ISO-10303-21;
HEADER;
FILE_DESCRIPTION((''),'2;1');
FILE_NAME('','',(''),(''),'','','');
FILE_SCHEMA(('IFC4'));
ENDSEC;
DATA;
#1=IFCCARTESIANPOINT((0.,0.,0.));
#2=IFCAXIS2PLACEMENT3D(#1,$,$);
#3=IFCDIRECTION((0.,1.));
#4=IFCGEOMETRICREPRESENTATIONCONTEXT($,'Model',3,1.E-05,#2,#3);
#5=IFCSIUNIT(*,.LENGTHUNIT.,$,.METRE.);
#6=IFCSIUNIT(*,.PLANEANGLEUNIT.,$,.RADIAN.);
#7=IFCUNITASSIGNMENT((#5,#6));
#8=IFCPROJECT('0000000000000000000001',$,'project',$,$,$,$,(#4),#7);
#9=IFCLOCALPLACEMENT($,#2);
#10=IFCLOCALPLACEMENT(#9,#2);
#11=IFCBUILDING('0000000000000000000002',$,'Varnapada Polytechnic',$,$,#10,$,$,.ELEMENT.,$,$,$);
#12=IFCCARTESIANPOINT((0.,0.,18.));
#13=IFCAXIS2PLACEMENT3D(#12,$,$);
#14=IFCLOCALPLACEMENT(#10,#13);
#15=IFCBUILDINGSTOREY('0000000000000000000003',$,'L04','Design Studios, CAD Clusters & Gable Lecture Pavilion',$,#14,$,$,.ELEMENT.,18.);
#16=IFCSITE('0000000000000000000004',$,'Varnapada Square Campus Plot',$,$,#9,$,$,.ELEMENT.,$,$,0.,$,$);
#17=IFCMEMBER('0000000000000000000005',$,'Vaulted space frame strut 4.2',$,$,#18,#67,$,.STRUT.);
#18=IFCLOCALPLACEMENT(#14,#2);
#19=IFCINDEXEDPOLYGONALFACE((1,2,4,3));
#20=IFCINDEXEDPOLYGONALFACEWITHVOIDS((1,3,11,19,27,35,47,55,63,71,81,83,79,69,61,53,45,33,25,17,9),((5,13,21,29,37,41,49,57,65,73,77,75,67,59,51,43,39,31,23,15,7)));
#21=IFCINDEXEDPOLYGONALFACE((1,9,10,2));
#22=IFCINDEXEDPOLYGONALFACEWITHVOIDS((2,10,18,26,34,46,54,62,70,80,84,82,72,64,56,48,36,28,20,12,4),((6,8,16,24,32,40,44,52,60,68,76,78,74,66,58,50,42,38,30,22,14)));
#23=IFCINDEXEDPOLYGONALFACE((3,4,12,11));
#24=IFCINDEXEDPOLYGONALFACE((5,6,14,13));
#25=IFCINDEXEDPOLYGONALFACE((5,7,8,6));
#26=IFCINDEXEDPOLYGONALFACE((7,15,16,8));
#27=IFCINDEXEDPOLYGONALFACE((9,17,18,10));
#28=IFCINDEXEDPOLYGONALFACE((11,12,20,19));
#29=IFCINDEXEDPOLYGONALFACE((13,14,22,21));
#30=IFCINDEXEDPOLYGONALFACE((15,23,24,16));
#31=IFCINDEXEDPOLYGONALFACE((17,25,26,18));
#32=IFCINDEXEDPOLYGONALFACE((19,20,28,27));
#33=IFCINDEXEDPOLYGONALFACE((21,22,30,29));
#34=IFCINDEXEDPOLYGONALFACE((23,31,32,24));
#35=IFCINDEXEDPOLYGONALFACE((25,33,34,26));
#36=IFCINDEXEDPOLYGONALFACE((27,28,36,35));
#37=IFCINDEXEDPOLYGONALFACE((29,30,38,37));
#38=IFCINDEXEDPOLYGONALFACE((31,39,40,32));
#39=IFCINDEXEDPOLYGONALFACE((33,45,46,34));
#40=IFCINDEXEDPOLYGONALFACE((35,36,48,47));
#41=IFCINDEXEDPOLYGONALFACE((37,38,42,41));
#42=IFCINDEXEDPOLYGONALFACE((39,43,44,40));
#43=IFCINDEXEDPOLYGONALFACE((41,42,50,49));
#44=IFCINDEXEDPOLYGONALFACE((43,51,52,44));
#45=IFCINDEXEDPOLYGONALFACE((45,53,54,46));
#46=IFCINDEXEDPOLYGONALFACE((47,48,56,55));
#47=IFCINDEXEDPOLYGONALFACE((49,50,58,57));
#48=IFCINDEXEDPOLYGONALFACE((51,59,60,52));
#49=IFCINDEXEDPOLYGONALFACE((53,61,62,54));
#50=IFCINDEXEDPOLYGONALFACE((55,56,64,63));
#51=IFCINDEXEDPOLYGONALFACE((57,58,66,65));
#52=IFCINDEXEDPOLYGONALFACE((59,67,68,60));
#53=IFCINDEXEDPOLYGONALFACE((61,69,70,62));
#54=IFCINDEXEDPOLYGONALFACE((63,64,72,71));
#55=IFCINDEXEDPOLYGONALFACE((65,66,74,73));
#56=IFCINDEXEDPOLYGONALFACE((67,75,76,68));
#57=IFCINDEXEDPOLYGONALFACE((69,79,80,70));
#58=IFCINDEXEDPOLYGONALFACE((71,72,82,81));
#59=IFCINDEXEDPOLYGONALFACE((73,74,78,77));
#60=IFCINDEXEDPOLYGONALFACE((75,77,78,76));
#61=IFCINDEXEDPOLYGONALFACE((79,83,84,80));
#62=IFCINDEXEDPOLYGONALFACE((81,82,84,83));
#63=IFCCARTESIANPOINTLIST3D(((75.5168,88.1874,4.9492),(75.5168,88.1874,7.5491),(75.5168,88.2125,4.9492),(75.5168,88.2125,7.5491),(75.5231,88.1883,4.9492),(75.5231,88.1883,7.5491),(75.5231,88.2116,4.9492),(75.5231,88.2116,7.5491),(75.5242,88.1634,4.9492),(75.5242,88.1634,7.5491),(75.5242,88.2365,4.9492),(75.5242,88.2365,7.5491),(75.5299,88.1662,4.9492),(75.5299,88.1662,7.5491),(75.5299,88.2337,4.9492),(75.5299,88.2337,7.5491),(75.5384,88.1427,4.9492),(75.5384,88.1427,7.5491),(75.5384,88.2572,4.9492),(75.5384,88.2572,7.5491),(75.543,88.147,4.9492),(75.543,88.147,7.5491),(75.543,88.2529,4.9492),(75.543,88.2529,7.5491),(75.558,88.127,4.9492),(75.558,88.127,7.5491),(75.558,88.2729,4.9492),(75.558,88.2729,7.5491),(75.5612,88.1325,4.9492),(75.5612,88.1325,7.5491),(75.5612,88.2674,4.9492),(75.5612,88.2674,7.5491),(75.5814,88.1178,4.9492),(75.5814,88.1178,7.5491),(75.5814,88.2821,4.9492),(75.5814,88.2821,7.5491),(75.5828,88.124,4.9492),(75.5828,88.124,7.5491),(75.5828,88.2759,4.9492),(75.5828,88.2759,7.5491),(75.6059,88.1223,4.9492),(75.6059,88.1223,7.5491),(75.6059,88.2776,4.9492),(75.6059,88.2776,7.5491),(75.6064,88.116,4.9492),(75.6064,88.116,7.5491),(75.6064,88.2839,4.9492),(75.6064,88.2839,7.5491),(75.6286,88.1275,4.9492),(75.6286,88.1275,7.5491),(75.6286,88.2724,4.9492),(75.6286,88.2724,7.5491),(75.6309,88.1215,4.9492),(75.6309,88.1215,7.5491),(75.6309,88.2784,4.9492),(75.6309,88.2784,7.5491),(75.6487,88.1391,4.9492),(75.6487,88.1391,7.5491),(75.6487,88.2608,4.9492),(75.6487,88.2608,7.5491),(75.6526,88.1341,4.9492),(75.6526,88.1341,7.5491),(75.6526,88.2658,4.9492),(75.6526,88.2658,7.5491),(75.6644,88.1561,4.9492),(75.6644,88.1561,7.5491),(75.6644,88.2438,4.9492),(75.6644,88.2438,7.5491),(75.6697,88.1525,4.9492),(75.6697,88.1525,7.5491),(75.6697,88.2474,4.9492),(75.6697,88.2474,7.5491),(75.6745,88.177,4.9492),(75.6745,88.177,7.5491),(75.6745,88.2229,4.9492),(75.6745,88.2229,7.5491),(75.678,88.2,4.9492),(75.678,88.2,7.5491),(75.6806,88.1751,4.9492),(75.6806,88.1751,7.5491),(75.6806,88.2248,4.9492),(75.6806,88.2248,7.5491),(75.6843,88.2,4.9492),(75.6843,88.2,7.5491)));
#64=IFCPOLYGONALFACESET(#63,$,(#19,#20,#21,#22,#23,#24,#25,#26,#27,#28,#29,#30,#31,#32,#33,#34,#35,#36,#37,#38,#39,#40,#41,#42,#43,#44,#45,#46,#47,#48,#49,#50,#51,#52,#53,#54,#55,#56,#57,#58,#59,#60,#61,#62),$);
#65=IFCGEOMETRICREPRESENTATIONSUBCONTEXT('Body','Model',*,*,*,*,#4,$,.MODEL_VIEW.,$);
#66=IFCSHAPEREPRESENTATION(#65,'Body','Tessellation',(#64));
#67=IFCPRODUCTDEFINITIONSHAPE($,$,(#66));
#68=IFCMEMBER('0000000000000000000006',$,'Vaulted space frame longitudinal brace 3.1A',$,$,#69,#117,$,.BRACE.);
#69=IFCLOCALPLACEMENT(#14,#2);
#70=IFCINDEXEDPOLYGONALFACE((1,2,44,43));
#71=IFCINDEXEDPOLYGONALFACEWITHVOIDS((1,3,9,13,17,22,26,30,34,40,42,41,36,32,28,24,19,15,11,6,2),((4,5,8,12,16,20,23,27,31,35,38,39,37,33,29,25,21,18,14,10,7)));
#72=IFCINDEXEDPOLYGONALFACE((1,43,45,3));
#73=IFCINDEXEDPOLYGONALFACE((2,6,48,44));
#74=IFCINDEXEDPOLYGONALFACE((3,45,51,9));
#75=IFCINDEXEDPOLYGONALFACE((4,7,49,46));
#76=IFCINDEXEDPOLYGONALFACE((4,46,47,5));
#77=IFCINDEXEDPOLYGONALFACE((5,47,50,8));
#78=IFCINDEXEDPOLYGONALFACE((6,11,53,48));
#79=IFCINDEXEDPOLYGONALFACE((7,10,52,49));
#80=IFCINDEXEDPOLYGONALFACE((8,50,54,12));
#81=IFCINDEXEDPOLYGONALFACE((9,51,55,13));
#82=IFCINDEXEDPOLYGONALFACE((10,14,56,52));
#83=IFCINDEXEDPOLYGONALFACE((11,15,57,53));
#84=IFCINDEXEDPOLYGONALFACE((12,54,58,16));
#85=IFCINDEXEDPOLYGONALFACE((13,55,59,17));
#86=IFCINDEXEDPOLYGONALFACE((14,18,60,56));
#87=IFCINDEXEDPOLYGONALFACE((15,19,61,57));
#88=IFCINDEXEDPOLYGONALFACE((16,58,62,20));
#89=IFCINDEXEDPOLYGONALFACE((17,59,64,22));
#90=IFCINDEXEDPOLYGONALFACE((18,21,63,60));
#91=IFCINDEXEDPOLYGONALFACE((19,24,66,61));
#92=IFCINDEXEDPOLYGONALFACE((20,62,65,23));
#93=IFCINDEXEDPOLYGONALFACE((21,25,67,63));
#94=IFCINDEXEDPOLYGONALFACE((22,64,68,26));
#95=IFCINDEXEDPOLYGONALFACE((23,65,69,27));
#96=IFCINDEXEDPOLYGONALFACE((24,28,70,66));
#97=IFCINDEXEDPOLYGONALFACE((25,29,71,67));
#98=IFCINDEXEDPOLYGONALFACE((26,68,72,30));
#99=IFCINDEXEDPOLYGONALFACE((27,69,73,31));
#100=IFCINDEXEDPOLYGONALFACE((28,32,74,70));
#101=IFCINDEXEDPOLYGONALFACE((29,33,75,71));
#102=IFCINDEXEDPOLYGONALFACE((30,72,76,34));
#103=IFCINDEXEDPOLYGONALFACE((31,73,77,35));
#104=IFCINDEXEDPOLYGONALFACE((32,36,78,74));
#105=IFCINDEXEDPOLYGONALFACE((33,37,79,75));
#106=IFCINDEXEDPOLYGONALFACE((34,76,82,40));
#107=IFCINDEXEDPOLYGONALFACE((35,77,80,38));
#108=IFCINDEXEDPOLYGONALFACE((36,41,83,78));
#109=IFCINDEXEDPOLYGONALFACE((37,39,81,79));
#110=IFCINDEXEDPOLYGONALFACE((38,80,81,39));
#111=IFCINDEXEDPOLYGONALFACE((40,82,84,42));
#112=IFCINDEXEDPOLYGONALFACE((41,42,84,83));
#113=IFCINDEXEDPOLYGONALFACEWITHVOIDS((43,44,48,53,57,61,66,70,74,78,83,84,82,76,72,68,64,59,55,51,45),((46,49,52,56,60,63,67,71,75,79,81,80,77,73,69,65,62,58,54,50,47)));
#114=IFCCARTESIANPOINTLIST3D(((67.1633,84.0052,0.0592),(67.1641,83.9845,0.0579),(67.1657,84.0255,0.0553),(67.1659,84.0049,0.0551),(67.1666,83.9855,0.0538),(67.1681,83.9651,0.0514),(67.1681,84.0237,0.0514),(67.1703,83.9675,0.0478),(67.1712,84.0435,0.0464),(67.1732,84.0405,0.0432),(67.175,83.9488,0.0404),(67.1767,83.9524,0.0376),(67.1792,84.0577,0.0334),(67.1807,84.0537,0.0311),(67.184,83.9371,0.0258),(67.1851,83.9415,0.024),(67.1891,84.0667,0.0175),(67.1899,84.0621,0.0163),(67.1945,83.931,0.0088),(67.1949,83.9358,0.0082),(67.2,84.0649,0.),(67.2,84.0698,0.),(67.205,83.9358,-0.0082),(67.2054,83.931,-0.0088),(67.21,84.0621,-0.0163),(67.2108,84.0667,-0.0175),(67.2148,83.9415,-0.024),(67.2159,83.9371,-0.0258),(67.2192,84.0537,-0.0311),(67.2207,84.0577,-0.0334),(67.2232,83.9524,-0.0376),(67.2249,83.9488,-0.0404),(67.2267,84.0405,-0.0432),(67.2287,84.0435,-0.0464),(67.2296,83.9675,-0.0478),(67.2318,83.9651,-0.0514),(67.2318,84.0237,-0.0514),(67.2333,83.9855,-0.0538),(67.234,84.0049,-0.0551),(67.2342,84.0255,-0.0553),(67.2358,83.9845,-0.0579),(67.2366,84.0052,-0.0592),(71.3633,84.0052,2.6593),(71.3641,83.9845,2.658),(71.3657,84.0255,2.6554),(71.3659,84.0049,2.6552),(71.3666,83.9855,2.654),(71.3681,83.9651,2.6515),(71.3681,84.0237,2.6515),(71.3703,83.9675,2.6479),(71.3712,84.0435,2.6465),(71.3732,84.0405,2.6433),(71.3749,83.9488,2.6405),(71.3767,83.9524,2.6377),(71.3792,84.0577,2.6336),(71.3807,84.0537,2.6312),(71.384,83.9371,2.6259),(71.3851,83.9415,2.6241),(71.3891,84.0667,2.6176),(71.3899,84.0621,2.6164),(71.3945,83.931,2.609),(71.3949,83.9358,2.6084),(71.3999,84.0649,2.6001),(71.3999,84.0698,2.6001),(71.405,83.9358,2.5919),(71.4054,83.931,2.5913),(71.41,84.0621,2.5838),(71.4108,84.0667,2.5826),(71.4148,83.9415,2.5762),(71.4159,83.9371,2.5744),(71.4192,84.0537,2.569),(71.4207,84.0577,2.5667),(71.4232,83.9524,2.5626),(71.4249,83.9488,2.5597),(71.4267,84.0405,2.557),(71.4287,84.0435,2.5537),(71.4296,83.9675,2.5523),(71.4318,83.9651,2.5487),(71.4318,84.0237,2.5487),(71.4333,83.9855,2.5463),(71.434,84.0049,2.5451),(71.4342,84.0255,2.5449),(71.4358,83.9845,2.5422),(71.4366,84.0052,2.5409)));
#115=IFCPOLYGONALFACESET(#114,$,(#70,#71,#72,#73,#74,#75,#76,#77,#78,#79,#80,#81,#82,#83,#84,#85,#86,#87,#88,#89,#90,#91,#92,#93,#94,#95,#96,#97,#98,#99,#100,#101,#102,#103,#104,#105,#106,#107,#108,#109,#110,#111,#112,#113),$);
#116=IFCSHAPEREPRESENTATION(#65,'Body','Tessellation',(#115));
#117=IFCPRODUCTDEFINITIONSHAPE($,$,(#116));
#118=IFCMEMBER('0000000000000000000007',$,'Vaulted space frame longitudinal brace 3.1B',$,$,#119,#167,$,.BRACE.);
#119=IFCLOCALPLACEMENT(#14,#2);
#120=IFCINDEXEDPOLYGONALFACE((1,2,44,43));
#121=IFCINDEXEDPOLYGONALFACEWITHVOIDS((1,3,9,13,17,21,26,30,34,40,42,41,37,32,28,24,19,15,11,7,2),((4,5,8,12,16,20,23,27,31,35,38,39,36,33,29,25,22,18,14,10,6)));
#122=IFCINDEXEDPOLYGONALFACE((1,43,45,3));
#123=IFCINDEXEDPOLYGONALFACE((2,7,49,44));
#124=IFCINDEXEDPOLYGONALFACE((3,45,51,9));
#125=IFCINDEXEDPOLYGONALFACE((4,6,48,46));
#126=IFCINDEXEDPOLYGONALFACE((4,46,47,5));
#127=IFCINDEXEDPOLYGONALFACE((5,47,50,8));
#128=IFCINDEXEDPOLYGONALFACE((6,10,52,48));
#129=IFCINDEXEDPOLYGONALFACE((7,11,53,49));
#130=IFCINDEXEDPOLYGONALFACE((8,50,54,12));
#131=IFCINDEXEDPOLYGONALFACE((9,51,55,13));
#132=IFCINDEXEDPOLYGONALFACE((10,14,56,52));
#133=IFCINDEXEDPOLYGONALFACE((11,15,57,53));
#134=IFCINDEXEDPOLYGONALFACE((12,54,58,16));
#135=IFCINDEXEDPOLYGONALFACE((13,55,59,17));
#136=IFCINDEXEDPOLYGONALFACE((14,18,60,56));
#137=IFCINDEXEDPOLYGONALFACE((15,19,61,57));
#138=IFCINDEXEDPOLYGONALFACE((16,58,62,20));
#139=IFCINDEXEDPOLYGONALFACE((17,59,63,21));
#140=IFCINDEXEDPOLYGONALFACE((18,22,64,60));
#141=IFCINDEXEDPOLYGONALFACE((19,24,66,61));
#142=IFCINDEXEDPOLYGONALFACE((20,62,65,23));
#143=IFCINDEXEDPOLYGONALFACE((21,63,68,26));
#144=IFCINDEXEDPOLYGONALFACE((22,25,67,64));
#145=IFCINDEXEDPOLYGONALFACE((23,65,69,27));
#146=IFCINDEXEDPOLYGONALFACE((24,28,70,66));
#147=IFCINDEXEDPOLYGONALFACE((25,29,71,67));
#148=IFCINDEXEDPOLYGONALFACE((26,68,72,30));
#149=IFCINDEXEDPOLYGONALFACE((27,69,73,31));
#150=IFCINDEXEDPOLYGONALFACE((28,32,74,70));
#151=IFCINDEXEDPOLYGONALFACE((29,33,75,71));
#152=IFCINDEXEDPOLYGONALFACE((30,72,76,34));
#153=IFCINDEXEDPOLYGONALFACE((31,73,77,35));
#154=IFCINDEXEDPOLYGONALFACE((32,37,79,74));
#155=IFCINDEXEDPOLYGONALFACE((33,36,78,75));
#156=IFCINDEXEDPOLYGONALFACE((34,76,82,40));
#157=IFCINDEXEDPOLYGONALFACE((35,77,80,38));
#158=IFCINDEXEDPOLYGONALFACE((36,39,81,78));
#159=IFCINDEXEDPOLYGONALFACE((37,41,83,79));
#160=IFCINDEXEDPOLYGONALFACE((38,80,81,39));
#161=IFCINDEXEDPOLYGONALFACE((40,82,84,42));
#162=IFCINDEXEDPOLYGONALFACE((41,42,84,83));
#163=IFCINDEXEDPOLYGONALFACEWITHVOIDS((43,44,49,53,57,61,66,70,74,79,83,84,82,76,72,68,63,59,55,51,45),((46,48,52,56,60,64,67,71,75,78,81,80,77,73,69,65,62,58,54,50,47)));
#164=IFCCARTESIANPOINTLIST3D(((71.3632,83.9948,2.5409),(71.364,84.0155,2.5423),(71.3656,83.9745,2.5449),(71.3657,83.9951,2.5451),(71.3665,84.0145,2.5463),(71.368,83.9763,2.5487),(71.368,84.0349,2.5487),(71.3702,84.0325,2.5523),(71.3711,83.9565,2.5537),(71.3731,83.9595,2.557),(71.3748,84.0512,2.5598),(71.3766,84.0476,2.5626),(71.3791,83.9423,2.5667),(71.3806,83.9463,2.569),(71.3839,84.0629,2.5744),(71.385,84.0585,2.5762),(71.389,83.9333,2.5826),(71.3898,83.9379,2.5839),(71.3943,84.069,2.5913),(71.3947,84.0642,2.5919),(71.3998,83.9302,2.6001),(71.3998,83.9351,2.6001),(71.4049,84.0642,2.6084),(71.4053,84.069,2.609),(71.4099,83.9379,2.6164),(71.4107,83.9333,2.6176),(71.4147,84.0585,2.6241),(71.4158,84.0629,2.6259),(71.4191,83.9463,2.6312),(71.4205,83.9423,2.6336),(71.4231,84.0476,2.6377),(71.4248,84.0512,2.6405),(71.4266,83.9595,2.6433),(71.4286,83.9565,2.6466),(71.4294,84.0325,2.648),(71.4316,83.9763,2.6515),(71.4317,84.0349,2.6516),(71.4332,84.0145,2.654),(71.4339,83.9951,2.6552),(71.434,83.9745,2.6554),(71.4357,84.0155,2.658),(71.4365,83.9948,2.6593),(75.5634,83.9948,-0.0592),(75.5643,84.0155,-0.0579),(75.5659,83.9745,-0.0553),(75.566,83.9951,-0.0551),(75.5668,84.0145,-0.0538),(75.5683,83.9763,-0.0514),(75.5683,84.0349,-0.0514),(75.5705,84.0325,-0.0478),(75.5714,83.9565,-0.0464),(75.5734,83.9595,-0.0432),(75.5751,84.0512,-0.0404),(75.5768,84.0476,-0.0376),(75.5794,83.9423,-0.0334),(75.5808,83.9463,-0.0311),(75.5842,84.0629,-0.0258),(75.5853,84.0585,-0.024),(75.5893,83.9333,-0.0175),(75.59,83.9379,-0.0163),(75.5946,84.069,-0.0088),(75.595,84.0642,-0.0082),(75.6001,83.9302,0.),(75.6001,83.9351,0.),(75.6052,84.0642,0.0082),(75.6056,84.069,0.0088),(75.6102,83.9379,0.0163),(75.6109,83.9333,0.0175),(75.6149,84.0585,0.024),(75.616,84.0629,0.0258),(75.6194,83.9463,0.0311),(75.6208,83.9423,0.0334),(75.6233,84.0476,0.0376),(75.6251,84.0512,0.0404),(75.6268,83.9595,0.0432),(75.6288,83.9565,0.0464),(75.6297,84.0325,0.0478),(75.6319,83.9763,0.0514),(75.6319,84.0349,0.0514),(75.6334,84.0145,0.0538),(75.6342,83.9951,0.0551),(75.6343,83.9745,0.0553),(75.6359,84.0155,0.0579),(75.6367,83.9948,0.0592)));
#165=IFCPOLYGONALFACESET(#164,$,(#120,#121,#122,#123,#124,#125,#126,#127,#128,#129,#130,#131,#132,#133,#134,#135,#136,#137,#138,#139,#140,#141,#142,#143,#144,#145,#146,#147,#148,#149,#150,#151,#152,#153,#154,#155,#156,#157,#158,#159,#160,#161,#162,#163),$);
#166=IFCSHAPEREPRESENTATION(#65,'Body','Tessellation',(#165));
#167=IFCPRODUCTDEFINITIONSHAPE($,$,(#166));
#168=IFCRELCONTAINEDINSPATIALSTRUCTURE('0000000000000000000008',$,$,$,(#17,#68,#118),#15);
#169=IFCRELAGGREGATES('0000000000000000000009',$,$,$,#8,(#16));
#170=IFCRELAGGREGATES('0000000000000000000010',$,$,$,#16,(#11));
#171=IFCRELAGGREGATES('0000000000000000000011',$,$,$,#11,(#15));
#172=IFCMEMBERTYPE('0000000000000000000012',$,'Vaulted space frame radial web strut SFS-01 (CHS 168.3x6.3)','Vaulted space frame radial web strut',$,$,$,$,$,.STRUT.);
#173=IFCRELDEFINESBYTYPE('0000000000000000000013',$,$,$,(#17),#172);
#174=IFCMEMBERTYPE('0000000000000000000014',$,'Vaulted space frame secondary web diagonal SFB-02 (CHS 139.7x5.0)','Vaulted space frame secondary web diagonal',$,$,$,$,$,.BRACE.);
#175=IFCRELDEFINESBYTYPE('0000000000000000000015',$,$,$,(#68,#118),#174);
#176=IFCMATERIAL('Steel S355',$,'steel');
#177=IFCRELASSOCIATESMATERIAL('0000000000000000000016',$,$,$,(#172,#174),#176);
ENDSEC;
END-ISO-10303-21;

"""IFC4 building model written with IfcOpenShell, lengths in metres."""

from ifc_helpers import new_model, si_unit, direction, frame, origin, origin_2d, place, context, subcontext, project, spatial, hollow_circle, extrude, material, material_profile, profile_set, type_object, element, save


model = new_model("IFC4")

# Units and contexts
model_context = context("Model", 3, precision=1e-05, world=origin(), true_north=direction((0.0, 1.0)))
body_context = subcontext(model_context, "Body", "Model", "MODEL_VIEW")
ifc_project = project(units=[si_unit("LENGTHUNIT", "METRE"), si_unit("PLANEANGLEUNIT", "RADIAN")], contexts=[model_context])

# Site, building, storey
site_placement = place(None, origin())
site = spatial("IfcSite", under=ifc_project, at=site_placement, Name="Varnapada Square Campus Plot", CompositionType="ELEMENT", RefElevation=0.0)
building_placement = place(site_placement, origin())
building = spatial("IfcBuilding", under=site, at=building_placement, Name="Varnapada Polytechnic", CompositionType="ELEMENT")
storey_placement = place(building_placement, frame((0.0, 0.0, 18.0)))
storey = spatial("IfcBuildingStorey", under=building, at=storey_placement, Name="L04", Description="Design Studios, CAD Clusters & Gable Lecture Pavilion", CompositionType="ELEMENT", Elevation=18.0)

# Shared definitions
ifc_material = material(Name="Steel S355", Category="steel")

# Members
ifc_material_profile_1 = material_profile(ifc_material, hollow_circle(Radius=0.0842, WallThickness=0.0063, at=origin_2d()), Name="CHS 168.3x6.3")
ifc_profile_set_1 = profile_set([ifc_material_profile_1], Name="Steel S355")
member_type_1 = type_object("IfcMemberType", Name="Vaulted space frame radial web strut SFS-01 (CHS 168.3x6.3)", Description="Vaulted space frame radial web strut", PredefinedType="STRUT", material=ifc_profile_set_1)
member_1_placement = place(storey_placement, frame((75.6001, 88.2, 4.9492), z_axis=(0.0, 0.0, 1.0), x_axis=(1.0, 0.0, 0.0)))
element("IfcMember", 1, at=member_1_placement, inside=storey, type_object=member_type_1, Name="Vaulted space frame strut 4.2", PredefinedType="STRUT", context=body_context, shape_type="SweptSolid", body=[
    extrude(hollow_circle(Radius=0.0842, WallThickness=0.0063, at=origin_2d()), origin(), (0.0, 0.0, 1.0), 2.5999),
])
ifc_material_profile_2 = material_profile(ifc_material, hollow_circle(Radius=0.0698, WallThickness=0.0049, at=origin_2d()), Name="CHS 139.7x5.0")
ifc_profile_set_2 = profile_set([ifc_material_profile_2], Name="Steel S355")
member_type_2 = type_object("IfcMemberType", Name="Vaulted space frame secondary web diagonal SFB-02 (CHS 139.7x5.0)", Description="Vaulted space frame secondary web diagonal", PredefinedType="BRACE", material=ifc_profile_set_2)
member_2_placement = place(storey_placement, frame((67.2, 84.0, 0.0), z_axis=(0.850254, 0.0, 0.526373), x_axis=(0.0, 1.0, 0.0)))
element("IfcMember", 2, at=member_2_placement, inside=storey, type_object=member_type_2, Name="Vaulted space frame longitudinal brace 3.1A", PredefinedType="BRACE", context=body_context, shape_type="SweptSolid", body=[
    extrude(hollow_circle(Radius=0.0698, WallThickness=0.0049, at=origin_2d()), origin(), (0.0, 0.0, 1.0), 4.9397),
])
member_3_placement = place(storey_placement, frame((75.6001, 84.0, 0.0), z_axis=(-0.850267, 0.0, 0.526351), x_axis=(0.0, -1.0, 0.0)))
element("IfcMember", 3, at=member_3_placement, inside=storey, type_object=member_type_2, Name="Vaulted space frame longitudinal brace 3.1B", PredefinedType="BRACE", context=body_context, shape_type="SweptSolid", body=[
    extrude(hollow_circle(Radius=0.0698, WallThickness=0.0049, at=origin_2d()), origin(), (0.0, 0.0, 1.0), 4.9399),
])

save(model, "model.ifc")
